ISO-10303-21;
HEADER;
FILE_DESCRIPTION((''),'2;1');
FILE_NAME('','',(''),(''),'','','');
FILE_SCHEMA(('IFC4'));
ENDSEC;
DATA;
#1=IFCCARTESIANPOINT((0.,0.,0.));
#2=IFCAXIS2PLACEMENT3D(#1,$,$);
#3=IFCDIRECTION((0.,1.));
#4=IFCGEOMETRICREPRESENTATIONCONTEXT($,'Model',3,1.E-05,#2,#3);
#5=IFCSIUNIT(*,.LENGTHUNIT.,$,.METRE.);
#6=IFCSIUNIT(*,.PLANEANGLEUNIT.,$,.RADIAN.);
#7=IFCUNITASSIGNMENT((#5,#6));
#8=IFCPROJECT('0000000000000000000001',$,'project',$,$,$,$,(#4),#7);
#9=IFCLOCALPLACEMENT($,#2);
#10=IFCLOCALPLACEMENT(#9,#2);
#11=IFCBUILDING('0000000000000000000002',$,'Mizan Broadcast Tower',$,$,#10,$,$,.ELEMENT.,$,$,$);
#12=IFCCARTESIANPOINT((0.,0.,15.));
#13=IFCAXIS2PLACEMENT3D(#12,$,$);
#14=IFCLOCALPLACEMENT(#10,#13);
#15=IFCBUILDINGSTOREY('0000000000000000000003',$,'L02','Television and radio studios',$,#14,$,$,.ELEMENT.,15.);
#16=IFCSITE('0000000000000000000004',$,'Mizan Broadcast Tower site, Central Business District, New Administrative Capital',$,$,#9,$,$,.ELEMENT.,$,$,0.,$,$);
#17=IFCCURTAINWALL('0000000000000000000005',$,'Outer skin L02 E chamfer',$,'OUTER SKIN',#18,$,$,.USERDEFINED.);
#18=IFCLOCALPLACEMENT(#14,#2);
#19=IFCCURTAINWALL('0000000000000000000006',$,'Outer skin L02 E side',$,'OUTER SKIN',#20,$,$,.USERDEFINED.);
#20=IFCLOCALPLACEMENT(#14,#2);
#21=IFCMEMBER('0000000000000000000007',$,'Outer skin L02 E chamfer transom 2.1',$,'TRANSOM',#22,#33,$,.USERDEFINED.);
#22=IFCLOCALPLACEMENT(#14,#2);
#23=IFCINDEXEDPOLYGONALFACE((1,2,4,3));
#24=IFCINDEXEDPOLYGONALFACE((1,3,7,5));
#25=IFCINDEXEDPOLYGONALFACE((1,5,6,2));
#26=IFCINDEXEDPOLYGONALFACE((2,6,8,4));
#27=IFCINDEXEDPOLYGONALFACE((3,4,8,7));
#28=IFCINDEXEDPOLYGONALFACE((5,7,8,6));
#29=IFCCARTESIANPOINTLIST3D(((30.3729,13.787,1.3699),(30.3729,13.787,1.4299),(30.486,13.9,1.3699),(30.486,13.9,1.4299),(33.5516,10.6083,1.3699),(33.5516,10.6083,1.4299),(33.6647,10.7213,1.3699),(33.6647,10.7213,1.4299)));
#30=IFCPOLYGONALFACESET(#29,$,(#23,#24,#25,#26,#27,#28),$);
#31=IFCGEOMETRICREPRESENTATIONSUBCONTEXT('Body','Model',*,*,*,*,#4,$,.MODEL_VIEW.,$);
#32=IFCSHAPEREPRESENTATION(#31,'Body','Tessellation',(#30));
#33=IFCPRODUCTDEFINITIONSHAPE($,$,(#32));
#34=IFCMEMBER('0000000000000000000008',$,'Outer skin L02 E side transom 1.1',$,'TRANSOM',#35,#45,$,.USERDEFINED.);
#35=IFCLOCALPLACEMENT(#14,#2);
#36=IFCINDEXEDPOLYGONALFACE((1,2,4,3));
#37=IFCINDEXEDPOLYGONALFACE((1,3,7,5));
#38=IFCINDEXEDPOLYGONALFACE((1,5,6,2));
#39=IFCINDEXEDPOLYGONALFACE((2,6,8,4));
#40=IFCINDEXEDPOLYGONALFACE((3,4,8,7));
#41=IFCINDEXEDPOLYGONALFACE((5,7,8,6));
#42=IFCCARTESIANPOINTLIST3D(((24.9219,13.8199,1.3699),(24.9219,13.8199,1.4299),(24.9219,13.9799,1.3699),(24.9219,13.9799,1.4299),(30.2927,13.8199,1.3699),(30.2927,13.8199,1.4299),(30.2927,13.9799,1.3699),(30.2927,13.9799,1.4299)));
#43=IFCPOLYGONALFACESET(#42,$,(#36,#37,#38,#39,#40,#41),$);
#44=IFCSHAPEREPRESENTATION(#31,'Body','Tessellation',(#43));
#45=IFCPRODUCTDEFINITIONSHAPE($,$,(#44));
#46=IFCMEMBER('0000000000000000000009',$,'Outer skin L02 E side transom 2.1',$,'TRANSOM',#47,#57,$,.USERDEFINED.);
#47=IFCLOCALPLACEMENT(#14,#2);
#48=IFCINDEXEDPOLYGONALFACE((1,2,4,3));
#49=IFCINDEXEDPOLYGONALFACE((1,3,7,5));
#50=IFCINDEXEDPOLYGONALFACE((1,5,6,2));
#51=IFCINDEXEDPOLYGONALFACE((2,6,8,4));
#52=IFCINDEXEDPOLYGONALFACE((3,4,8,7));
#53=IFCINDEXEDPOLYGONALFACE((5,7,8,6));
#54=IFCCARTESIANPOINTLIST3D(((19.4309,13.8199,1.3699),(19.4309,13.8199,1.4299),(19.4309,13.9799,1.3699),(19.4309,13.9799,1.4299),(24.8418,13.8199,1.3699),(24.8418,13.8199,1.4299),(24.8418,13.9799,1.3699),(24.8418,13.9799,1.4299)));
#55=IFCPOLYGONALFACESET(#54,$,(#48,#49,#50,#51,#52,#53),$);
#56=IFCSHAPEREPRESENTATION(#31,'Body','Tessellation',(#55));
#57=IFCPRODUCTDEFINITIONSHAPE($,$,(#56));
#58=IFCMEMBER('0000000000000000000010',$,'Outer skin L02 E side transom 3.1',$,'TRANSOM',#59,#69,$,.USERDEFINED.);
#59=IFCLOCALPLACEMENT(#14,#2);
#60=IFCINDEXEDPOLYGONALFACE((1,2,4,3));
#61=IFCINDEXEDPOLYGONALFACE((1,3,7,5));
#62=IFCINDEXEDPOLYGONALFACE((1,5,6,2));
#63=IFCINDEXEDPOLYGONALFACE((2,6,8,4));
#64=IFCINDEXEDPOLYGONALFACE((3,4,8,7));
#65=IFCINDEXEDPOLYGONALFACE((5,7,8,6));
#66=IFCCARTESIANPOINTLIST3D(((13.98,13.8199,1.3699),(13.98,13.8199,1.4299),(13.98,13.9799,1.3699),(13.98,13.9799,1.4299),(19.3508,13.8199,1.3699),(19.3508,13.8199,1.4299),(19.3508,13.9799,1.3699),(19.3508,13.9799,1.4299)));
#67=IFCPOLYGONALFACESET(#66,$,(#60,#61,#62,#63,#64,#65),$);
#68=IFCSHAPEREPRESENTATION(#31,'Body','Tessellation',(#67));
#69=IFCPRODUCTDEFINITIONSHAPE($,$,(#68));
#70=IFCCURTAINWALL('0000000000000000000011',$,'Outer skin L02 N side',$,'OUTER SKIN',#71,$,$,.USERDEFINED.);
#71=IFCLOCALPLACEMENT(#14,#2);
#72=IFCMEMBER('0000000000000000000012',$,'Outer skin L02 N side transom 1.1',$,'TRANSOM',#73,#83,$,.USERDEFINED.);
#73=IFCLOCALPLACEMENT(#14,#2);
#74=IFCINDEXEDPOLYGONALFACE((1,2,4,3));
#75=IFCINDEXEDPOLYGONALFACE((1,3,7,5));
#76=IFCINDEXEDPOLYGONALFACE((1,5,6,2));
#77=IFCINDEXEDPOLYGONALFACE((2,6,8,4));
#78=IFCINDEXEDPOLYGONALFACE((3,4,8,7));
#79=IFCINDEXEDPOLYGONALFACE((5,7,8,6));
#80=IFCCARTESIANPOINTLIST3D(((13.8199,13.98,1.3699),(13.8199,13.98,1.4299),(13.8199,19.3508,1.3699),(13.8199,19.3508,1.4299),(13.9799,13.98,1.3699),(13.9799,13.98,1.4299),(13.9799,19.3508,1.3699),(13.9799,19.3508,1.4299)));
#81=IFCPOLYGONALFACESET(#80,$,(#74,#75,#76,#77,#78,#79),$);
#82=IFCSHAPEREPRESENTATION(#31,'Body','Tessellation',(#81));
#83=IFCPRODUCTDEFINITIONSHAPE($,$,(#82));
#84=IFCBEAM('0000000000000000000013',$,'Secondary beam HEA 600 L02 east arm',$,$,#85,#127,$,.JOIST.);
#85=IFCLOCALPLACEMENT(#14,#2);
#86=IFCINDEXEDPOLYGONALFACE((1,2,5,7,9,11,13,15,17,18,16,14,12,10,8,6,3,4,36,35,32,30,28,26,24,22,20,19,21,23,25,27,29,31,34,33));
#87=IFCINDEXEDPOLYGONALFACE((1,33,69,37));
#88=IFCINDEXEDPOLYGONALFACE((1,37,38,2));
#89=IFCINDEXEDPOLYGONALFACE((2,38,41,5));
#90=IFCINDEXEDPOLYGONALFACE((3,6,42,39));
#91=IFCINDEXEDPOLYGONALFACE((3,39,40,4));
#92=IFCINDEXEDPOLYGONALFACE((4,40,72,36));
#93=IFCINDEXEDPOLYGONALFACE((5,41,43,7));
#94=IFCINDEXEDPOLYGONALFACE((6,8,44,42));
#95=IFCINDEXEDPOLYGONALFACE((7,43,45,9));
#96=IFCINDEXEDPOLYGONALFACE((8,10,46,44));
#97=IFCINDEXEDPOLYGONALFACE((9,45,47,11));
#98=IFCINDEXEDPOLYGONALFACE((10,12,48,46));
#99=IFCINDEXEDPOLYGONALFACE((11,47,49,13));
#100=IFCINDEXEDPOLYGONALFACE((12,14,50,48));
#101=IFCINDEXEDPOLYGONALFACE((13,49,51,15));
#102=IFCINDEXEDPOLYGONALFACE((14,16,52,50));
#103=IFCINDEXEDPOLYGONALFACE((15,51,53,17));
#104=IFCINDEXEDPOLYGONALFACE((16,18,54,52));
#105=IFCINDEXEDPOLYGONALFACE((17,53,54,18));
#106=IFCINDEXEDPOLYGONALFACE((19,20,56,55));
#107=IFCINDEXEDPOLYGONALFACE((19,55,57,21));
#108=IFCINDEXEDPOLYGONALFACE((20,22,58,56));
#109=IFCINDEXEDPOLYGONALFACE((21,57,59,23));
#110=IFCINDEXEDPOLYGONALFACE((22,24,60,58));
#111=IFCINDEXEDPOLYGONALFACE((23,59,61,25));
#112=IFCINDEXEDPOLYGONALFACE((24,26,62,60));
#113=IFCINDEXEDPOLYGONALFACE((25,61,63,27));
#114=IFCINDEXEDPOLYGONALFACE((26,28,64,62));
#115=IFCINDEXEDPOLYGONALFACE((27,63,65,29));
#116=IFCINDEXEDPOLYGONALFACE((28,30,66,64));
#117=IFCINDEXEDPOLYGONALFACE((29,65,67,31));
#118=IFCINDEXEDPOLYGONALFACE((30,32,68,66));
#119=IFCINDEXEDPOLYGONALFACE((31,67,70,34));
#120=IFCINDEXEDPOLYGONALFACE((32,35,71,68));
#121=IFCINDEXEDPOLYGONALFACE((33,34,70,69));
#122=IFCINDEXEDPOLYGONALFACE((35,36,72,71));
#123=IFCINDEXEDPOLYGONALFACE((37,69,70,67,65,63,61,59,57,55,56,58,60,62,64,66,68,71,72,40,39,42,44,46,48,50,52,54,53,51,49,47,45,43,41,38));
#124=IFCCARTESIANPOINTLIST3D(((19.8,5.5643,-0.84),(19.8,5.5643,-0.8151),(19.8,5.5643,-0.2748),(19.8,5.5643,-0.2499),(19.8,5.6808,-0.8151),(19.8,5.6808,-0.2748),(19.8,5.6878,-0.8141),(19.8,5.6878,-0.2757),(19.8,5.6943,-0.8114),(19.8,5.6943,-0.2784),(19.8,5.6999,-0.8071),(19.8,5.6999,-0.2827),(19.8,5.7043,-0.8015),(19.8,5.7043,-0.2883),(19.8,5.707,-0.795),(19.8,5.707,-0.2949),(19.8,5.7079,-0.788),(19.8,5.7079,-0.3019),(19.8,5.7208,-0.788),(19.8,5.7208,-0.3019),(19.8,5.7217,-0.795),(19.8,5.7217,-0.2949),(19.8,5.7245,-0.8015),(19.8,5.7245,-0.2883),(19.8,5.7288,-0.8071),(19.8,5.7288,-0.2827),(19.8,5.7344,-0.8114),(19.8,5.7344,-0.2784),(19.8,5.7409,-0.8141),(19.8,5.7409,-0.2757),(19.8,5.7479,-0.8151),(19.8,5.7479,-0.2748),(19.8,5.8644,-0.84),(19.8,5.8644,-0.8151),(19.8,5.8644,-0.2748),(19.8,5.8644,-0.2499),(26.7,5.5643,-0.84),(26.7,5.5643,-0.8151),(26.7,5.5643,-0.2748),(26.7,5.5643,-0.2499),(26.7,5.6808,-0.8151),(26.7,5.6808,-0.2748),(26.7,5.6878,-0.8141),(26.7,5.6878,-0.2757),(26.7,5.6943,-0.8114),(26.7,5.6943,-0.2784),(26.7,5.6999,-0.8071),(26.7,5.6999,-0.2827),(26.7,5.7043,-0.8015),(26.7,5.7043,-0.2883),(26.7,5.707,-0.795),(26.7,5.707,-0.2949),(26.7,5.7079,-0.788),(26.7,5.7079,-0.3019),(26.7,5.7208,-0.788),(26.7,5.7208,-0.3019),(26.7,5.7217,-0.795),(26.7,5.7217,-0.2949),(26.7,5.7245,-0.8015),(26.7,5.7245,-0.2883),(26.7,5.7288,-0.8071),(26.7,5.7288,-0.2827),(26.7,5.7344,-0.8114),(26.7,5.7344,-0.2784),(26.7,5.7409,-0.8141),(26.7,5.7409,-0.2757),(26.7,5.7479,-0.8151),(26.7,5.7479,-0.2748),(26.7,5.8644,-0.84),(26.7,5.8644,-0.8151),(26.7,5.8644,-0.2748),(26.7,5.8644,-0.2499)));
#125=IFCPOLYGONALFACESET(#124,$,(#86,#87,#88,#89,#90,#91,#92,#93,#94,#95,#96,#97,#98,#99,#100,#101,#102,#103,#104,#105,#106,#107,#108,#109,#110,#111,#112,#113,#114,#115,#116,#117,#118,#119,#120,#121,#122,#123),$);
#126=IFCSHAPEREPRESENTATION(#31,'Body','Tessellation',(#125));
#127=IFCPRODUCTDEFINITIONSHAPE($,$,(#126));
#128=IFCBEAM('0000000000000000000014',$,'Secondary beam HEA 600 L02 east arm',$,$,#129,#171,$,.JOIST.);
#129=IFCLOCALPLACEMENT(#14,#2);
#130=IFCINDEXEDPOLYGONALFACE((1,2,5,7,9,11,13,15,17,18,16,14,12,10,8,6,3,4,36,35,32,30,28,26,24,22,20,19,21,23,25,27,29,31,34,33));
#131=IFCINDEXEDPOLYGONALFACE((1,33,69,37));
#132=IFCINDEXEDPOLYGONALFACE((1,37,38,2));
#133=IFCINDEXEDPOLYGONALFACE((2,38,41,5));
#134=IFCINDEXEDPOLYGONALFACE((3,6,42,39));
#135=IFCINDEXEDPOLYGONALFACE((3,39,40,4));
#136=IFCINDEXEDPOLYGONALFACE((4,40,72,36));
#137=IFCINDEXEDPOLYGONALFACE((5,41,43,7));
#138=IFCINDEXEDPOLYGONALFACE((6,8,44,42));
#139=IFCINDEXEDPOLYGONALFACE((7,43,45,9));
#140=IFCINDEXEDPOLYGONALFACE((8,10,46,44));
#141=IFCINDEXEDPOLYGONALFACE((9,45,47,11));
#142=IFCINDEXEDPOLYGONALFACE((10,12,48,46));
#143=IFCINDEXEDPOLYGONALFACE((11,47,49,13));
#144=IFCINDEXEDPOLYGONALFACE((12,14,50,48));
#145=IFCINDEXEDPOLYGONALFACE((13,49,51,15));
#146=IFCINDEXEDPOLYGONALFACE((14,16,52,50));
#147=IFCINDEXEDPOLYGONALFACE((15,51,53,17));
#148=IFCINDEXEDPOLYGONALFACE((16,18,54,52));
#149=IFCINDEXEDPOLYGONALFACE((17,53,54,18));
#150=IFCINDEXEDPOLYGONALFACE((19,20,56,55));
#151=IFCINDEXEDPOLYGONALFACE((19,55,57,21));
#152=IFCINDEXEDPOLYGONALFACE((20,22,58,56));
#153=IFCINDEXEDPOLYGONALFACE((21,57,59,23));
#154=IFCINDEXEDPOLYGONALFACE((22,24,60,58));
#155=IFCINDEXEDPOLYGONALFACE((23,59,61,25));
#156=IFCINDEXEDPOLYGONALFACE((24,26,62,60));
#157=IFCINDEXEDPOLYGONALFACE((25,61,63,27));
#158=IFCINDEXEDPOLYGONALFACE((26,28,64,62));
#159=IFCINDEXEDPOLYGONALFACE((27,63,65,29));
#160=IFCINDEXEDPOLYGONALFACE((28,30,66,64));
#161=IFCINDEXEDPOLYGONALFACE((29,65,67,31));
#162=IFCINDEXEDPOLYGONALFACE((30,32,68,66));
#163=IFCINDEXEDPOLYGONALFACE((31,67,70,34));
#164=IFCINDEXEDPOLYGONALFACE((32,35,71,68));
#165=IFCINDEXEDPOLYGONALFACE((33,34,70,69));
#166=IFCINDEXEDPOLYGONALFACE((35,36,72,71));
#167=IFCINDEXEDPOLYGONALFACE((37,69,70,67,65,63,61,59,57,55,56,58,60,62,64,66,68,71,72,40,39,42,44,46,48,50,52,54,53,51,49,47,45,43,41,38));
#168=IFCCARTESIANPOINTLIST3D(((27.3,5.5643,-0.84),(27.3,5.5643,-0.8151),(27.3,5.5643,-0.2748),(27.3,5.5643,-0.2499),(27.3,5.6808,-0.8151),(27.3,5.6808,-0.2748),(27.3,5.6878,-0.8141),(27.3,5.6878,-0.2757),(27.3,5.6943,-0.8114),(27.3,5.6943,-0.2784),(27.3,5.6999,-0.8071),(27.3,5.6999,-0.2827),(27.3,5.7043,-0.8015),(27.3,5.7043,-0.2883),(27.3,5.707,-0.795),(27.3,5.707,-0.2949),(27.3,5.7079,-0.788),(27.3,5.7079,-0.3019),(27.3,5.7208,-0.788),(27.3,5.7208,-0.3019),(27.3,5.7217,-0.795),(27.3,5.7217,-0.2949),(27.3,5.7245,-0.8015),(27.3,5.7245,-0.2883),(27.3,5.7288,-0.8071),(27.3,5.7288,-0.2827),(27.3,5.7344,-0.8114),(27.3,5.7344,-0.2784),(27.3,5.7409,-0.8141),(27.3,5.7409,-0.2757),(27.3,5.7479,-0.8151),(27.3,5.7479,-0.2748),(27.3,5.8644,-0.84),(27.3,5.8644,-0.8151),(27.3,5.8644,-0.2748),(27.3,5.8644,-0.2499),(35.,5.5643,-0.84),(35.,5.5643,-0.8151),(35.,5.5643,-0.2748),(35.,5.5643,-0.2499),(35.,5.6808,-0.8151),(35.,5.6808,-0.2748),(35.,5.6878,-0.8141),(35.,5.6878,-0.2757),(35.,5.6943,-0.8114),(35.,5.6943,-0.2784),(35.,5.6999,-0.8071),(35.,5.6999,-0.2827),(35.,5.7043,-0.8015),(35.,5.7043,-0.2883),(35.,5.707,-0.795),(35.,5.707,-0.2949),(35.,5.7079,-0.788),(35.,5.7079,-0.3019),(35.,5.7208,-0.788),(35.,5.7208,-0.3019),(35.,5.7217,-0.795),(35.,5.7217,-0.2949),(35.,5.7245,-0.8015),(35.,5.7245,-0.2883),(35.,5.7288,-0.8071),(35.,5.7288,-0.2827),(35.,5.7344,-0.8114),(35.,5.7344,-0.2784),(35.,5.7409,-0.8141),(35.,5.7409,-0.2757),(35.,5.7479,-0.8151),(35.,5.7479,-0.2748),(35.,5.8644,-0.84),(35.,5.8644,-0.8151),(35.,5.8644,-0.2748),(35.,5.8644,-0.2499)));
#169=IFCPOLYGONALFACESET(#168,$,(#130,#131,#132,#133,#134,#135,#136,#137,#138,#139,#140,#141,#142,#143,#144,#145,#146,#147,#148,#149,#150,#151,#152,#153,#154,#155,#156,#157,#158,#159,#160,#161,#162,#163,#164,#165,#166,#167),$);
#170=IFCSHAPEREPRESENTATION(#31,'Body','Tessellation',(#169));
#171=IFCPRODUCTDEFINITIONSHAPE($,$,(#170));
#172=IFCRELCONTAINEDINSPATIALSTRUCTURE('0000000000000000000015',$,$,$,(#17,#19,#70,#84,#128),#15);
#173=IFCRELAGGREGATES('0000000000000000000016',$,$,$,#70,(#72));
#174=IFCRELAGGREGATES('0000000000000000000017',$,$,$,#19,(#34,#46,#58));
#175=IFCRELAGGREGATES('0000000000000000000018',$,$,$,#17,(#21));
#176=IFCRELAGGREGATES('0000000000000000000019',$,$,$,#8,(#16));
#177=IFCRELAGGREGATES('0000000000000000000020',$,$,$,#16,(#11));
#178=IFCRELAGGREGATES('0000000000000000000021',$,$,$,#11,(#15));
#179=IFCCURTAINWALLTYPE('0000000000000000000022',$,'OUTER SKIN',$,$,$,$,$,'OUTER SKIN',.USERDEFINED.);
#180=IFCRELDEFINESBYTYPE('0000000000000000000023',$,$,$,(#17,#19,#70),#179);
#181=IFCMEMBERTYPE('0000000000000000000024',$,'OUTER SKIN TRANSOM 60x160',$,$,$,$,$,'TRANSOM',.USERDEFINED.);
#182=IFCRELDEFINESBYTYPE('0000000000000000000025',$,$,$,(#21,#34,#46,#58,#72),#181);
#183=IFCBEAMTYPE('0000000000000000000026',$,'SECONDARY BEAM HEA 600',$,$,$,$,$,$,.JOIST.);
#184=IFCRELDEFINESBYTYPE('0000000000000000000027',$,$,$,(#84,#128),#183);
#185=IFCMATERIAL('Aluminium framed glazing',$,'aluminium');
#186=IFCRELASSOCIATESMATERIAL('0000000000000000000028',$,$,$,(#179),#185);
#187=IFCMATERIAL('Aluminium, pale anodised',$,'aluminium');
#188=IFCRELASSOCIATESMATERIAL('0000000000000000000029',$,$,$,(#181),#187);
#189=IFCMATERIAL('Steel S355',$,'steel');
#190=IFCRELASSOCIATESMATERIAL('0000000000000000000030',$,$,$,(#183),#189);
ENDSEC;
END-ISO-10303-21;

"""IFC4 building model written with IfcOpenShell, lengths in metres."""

from ifc_helpers import new_model, si_unit, direction, frame, origin, origin_2d, place, context, subcontext, project, spatial, rectangle, i_section, extrude, material, material_profile, profile_set, type_object, element, aggregate, save


model = new_model("IFC4")

# Units and contexts
model_context = context("Model", 3, precision=1e-05, world=origin(), true_north=direction((0.0, 1.0)))
body_context = subcontext(model_context, "Body", "Model", "MODEL_VIEW")
ifc_project = project(units=[si_unit("LENGTHUNIT", "METRE"), si_unit("PLANEANGLEUNIT", "RADIAN")], contexts=[model_context])

# Site, building, storey
site_placement = place(None, origin())
site = spatial("IfcSite", under=ifc_project, at=site_placement, Name="Mizan Broadcast Tower site, Central Business District, New Administrative Capital", CompositionType="ELEMENT", RefElevation=0.0)
building_placement = place(site_placement, origin())
building = spatial("IfcBuilding", under=site, at=building_placement, Name="Mizan Broadcast Tower", CompositionType="ELEMENT")
storey_placement = place(building_placement, frame((0.0, 0.0, 15.0)))
storey = spatial("IfcBuildingStorey", under=building, at=storey_placement, Name="L02", Description="Television and radio studios", CompositionType="ELEMENT", Elevation=15.0)

# Shared definitions
ifc_material_1 = material(Name="Aluminium framed glazing", Category="aluminium")
curtain_wall_type_1 = type_object("IfcCurtainWallType", Name="OUTER SKIN", ElementType="OUTER SKIN", PredefinedType="USERDEFINED", material=ifc_material_1)

# Curtain walls
curtain_wall_1_placement = place(storey_placement, origin())
curtain_wall_1 = element("IfcCurtainWall", 1, at=curtain_wall_1_placement, inside=storey, type_object=curtain_wall_type_1, Name="Outer skin L02 E chamfer", ObjectType="OUTER SKIN", PredefinedType="USERDEFINED")
curtain_wall_2_placement = place(storey_placement, origin())
curtain_wall_2 = element("IfcCurtainWall", 2, at=curtain_wall_2_placement, inside=storey, type_object=curtain_wall_type_1, Name="Outer skin L02 E side", ObjectType="OUTER SKIN", PredefinedType="USERDEFINED")

# Members
ifc_material_2 = material(Name="Aluminium, pale anodised", Category="aluminium")
ifc_material_profile_1 = material_profile(ifc_material_2, rectangle(XDim=0.1599, YDim=0.0601, at=origin_2d()), Name="TRANSOM 160x60")
ifc_profile_set_1 = profile_set([ifc_material_profile_1], Name="Aluminium, pale anodised")
member_type_1 = type_object("IfcMemberType", Name="OUTER SKIN TRANSOM 60x160", ElementType="TRANSOM", PredefinedType="USERDEFINED", material=ifc_profile_set_1)
member_1_placement = place(storey_placement, frame((33.6082, 10.6648, 1.3999), z_axis=(-0.707107, 0.707107, 0.0), x_axis=(-0.707107, -0.707107, 0.0)))
member_1 = element("IfcMember", 3, at=member_1_placement, type_object=member_type_1, Name="Outer skin L02 E chamfer transom 2.1", ObjectType="TRANSOM", PredefinedType="USERDEFINED", context=body_context, shape_type="SweptSolid", body=[
    extrude(rectangle(XDim=0.1599, YDim=0.0601, at=origin_2d()), origin(), (0.0, 0.0, 1.0), 4.4954),
])
member_2_placement = place(storey_placement, frame((30.2927, 13.8999, 1.3999), z_axis=(-1.0, 0.0, 0.0), x_axis=(0.0, -1.0, 0.0)))
member_2 = element("IfcMember", 4, at=member_2_placement, type_object=member_type_1, Name="Outer skin L02 E side transom 1.1", ObjectType="TRANSOM", PredefinedType="USERDEFINED", context=body_context, shape_type="SweptSolid", body=[
    extrude(rectangle(XDim=0.1599, YDim=0.0601, at=origin_2d()), origin(), (0.0, 0.0, 1.0), 5.3708),
])
member_3_placement = place(storey_placement, frame((24.8418, 13.8999, 1.3999), z_axis=(-1.0, 0.0, 0.0), x_axis=(0.0, -1.0, 0.0)))
member_3 = element("IfcMember", 5, at=member_3_placement, type_object=member_type_1, Name="Outer skin L02 E side transom 2.1", ObjectType="TRANSOM", PredefinedType="USERDEFINED", context=body_context, shape_type="SweptSolid", body=[
    extrude(rectangle(XDim=0.1599, YDim=0.0601, at=origin_2d()), origin(), (0.0, 0.0, 1.0), 5.4109),
])
member_4_placement = place(storey_placement, frame((19.3508, 13.8999, 1.3999), z_axis=(-1.0, 0.0, 0.0), x_axis=(0.0, -1.0, 0.0)))
member_4 = element("IfcMember", 6, at=member_4_placement, type_object=member_type_1, Name="Outer skin L02 E side transom 3.1", ObjectType="TRANSOM", PredefinedType="USERDEFINED", context=body_context, shape_type="SweptSolid", body=[
    extrude(rectangle(XDim=0.1599, YDim=0.0601, at=origin_2d()), origin(), (0.0, 0.0, 1.0), 5.3708),
])

# Curtain wall, member
curtain_wall_3_placement = place(storey_placement, origin())
curtain_wall_3 = element("IfcCurtainWall", 7, at=curtain_wall_3_placement, inside=storey, type_object=curtain_wall_type_1, Name="Outer skin L02 N side", ObjectType="OUTER SKIN", PredefinedType="USERDEFINED")
member_5_placement = place(storey_placement, frame((13.8999, 13.98, 1.3999), z_axis=(0.0, 1.0, 0.0), x_axis=(-1.0, 0.0, 0.0)))
member_5 = element("IfcMember", 8, at=member_5_placement, type_object=member_type_1, Name="Outer skin L02 N side transom 1.1", ObjectType="TRANSOM", PredefinedType="USERDEFINED", context=body_context, shape_type="SweptSolid", body=[
    extrude(rectangle(XDim=0.1599, YDim=0.0601, at=origin_2d()), origin(), (0.0, 0.0, 1.0), 5.3708),
])
aggregate(curtain_wall_3, [member_5])

# Beams
ifc_material_3 = material(Name="Steel S355", Category="steel")
ifc_material_profile_2 = material_profile(ifc_material_3, i_section(OverallWidth=0.3, OverallDepth=0.5901, WebThickness=0.0129, FlangeThickness=0.0249, FilletRadius=0.0271, at=origin_2d()), Name="HEA 600")
ifc_profile_set_2 = profile_set([ifc_material_profile_2], Name="Steel S355")
beam_type_1 = type_object("IfcBeamType", Name="SECONDARY BEAM HEA 600", PredefinedType="JOIST", material=ifc_profile_set_2)
beam_1_placement = place(storey_placement, frame((19.8, 5.7144, -0.5449), z_axis=(1.0, 0.0, 0.0), x_axis=(0.0, 1.0, 0.0)))
element("IfcBeam", 9, at=beam_1_placement, inside=storey, type_object=beam_type_1, Name="Secondary beam HEA 600 L02 east arm", PredefinedType="JOIST", context=body_context, shape_type="SweptSolid", body=[
    extrude(i_section(OverallWidth=0.3, OverallDepth=0.5901, WebThickness=0.0129, FlangeThickness=0.0249, FilletRadius=0.0271, at=origin_2d()), origin(), (0.0, 0.0, 1.0), 6.8999),
])
beam_2_placement = place(storey_placement, frame((27.3, 5.7144, -0.5449), z_axis=(1.0, 0.0, 0.0), x_axis=(0.0, 1.0, 0.0)))
element("IfcBeam", 10, at=beam_2_placement, inside=storey, type_object=beam_type_1, Name="Secondary beam HEA 600 L02 east arm", PredefinedType="JOIST", context=body_context, shape_type="SweptSolid", body=[
    extrude(i_section(OverallWidth=0.3, OverallDepth=0.5901, WebThickness=0.0129, FlangeThickness=0.0249, FilletRadius=0.0271, at=origin_2d()), origin(), (0.0, 0.0, 1.0), 7.7),
])

aggregate(curtain_wall_2, [member_2, member_3, member_4])
aggregate(curtain_wall_1, [member_1])

save(model, "model.ifc")
